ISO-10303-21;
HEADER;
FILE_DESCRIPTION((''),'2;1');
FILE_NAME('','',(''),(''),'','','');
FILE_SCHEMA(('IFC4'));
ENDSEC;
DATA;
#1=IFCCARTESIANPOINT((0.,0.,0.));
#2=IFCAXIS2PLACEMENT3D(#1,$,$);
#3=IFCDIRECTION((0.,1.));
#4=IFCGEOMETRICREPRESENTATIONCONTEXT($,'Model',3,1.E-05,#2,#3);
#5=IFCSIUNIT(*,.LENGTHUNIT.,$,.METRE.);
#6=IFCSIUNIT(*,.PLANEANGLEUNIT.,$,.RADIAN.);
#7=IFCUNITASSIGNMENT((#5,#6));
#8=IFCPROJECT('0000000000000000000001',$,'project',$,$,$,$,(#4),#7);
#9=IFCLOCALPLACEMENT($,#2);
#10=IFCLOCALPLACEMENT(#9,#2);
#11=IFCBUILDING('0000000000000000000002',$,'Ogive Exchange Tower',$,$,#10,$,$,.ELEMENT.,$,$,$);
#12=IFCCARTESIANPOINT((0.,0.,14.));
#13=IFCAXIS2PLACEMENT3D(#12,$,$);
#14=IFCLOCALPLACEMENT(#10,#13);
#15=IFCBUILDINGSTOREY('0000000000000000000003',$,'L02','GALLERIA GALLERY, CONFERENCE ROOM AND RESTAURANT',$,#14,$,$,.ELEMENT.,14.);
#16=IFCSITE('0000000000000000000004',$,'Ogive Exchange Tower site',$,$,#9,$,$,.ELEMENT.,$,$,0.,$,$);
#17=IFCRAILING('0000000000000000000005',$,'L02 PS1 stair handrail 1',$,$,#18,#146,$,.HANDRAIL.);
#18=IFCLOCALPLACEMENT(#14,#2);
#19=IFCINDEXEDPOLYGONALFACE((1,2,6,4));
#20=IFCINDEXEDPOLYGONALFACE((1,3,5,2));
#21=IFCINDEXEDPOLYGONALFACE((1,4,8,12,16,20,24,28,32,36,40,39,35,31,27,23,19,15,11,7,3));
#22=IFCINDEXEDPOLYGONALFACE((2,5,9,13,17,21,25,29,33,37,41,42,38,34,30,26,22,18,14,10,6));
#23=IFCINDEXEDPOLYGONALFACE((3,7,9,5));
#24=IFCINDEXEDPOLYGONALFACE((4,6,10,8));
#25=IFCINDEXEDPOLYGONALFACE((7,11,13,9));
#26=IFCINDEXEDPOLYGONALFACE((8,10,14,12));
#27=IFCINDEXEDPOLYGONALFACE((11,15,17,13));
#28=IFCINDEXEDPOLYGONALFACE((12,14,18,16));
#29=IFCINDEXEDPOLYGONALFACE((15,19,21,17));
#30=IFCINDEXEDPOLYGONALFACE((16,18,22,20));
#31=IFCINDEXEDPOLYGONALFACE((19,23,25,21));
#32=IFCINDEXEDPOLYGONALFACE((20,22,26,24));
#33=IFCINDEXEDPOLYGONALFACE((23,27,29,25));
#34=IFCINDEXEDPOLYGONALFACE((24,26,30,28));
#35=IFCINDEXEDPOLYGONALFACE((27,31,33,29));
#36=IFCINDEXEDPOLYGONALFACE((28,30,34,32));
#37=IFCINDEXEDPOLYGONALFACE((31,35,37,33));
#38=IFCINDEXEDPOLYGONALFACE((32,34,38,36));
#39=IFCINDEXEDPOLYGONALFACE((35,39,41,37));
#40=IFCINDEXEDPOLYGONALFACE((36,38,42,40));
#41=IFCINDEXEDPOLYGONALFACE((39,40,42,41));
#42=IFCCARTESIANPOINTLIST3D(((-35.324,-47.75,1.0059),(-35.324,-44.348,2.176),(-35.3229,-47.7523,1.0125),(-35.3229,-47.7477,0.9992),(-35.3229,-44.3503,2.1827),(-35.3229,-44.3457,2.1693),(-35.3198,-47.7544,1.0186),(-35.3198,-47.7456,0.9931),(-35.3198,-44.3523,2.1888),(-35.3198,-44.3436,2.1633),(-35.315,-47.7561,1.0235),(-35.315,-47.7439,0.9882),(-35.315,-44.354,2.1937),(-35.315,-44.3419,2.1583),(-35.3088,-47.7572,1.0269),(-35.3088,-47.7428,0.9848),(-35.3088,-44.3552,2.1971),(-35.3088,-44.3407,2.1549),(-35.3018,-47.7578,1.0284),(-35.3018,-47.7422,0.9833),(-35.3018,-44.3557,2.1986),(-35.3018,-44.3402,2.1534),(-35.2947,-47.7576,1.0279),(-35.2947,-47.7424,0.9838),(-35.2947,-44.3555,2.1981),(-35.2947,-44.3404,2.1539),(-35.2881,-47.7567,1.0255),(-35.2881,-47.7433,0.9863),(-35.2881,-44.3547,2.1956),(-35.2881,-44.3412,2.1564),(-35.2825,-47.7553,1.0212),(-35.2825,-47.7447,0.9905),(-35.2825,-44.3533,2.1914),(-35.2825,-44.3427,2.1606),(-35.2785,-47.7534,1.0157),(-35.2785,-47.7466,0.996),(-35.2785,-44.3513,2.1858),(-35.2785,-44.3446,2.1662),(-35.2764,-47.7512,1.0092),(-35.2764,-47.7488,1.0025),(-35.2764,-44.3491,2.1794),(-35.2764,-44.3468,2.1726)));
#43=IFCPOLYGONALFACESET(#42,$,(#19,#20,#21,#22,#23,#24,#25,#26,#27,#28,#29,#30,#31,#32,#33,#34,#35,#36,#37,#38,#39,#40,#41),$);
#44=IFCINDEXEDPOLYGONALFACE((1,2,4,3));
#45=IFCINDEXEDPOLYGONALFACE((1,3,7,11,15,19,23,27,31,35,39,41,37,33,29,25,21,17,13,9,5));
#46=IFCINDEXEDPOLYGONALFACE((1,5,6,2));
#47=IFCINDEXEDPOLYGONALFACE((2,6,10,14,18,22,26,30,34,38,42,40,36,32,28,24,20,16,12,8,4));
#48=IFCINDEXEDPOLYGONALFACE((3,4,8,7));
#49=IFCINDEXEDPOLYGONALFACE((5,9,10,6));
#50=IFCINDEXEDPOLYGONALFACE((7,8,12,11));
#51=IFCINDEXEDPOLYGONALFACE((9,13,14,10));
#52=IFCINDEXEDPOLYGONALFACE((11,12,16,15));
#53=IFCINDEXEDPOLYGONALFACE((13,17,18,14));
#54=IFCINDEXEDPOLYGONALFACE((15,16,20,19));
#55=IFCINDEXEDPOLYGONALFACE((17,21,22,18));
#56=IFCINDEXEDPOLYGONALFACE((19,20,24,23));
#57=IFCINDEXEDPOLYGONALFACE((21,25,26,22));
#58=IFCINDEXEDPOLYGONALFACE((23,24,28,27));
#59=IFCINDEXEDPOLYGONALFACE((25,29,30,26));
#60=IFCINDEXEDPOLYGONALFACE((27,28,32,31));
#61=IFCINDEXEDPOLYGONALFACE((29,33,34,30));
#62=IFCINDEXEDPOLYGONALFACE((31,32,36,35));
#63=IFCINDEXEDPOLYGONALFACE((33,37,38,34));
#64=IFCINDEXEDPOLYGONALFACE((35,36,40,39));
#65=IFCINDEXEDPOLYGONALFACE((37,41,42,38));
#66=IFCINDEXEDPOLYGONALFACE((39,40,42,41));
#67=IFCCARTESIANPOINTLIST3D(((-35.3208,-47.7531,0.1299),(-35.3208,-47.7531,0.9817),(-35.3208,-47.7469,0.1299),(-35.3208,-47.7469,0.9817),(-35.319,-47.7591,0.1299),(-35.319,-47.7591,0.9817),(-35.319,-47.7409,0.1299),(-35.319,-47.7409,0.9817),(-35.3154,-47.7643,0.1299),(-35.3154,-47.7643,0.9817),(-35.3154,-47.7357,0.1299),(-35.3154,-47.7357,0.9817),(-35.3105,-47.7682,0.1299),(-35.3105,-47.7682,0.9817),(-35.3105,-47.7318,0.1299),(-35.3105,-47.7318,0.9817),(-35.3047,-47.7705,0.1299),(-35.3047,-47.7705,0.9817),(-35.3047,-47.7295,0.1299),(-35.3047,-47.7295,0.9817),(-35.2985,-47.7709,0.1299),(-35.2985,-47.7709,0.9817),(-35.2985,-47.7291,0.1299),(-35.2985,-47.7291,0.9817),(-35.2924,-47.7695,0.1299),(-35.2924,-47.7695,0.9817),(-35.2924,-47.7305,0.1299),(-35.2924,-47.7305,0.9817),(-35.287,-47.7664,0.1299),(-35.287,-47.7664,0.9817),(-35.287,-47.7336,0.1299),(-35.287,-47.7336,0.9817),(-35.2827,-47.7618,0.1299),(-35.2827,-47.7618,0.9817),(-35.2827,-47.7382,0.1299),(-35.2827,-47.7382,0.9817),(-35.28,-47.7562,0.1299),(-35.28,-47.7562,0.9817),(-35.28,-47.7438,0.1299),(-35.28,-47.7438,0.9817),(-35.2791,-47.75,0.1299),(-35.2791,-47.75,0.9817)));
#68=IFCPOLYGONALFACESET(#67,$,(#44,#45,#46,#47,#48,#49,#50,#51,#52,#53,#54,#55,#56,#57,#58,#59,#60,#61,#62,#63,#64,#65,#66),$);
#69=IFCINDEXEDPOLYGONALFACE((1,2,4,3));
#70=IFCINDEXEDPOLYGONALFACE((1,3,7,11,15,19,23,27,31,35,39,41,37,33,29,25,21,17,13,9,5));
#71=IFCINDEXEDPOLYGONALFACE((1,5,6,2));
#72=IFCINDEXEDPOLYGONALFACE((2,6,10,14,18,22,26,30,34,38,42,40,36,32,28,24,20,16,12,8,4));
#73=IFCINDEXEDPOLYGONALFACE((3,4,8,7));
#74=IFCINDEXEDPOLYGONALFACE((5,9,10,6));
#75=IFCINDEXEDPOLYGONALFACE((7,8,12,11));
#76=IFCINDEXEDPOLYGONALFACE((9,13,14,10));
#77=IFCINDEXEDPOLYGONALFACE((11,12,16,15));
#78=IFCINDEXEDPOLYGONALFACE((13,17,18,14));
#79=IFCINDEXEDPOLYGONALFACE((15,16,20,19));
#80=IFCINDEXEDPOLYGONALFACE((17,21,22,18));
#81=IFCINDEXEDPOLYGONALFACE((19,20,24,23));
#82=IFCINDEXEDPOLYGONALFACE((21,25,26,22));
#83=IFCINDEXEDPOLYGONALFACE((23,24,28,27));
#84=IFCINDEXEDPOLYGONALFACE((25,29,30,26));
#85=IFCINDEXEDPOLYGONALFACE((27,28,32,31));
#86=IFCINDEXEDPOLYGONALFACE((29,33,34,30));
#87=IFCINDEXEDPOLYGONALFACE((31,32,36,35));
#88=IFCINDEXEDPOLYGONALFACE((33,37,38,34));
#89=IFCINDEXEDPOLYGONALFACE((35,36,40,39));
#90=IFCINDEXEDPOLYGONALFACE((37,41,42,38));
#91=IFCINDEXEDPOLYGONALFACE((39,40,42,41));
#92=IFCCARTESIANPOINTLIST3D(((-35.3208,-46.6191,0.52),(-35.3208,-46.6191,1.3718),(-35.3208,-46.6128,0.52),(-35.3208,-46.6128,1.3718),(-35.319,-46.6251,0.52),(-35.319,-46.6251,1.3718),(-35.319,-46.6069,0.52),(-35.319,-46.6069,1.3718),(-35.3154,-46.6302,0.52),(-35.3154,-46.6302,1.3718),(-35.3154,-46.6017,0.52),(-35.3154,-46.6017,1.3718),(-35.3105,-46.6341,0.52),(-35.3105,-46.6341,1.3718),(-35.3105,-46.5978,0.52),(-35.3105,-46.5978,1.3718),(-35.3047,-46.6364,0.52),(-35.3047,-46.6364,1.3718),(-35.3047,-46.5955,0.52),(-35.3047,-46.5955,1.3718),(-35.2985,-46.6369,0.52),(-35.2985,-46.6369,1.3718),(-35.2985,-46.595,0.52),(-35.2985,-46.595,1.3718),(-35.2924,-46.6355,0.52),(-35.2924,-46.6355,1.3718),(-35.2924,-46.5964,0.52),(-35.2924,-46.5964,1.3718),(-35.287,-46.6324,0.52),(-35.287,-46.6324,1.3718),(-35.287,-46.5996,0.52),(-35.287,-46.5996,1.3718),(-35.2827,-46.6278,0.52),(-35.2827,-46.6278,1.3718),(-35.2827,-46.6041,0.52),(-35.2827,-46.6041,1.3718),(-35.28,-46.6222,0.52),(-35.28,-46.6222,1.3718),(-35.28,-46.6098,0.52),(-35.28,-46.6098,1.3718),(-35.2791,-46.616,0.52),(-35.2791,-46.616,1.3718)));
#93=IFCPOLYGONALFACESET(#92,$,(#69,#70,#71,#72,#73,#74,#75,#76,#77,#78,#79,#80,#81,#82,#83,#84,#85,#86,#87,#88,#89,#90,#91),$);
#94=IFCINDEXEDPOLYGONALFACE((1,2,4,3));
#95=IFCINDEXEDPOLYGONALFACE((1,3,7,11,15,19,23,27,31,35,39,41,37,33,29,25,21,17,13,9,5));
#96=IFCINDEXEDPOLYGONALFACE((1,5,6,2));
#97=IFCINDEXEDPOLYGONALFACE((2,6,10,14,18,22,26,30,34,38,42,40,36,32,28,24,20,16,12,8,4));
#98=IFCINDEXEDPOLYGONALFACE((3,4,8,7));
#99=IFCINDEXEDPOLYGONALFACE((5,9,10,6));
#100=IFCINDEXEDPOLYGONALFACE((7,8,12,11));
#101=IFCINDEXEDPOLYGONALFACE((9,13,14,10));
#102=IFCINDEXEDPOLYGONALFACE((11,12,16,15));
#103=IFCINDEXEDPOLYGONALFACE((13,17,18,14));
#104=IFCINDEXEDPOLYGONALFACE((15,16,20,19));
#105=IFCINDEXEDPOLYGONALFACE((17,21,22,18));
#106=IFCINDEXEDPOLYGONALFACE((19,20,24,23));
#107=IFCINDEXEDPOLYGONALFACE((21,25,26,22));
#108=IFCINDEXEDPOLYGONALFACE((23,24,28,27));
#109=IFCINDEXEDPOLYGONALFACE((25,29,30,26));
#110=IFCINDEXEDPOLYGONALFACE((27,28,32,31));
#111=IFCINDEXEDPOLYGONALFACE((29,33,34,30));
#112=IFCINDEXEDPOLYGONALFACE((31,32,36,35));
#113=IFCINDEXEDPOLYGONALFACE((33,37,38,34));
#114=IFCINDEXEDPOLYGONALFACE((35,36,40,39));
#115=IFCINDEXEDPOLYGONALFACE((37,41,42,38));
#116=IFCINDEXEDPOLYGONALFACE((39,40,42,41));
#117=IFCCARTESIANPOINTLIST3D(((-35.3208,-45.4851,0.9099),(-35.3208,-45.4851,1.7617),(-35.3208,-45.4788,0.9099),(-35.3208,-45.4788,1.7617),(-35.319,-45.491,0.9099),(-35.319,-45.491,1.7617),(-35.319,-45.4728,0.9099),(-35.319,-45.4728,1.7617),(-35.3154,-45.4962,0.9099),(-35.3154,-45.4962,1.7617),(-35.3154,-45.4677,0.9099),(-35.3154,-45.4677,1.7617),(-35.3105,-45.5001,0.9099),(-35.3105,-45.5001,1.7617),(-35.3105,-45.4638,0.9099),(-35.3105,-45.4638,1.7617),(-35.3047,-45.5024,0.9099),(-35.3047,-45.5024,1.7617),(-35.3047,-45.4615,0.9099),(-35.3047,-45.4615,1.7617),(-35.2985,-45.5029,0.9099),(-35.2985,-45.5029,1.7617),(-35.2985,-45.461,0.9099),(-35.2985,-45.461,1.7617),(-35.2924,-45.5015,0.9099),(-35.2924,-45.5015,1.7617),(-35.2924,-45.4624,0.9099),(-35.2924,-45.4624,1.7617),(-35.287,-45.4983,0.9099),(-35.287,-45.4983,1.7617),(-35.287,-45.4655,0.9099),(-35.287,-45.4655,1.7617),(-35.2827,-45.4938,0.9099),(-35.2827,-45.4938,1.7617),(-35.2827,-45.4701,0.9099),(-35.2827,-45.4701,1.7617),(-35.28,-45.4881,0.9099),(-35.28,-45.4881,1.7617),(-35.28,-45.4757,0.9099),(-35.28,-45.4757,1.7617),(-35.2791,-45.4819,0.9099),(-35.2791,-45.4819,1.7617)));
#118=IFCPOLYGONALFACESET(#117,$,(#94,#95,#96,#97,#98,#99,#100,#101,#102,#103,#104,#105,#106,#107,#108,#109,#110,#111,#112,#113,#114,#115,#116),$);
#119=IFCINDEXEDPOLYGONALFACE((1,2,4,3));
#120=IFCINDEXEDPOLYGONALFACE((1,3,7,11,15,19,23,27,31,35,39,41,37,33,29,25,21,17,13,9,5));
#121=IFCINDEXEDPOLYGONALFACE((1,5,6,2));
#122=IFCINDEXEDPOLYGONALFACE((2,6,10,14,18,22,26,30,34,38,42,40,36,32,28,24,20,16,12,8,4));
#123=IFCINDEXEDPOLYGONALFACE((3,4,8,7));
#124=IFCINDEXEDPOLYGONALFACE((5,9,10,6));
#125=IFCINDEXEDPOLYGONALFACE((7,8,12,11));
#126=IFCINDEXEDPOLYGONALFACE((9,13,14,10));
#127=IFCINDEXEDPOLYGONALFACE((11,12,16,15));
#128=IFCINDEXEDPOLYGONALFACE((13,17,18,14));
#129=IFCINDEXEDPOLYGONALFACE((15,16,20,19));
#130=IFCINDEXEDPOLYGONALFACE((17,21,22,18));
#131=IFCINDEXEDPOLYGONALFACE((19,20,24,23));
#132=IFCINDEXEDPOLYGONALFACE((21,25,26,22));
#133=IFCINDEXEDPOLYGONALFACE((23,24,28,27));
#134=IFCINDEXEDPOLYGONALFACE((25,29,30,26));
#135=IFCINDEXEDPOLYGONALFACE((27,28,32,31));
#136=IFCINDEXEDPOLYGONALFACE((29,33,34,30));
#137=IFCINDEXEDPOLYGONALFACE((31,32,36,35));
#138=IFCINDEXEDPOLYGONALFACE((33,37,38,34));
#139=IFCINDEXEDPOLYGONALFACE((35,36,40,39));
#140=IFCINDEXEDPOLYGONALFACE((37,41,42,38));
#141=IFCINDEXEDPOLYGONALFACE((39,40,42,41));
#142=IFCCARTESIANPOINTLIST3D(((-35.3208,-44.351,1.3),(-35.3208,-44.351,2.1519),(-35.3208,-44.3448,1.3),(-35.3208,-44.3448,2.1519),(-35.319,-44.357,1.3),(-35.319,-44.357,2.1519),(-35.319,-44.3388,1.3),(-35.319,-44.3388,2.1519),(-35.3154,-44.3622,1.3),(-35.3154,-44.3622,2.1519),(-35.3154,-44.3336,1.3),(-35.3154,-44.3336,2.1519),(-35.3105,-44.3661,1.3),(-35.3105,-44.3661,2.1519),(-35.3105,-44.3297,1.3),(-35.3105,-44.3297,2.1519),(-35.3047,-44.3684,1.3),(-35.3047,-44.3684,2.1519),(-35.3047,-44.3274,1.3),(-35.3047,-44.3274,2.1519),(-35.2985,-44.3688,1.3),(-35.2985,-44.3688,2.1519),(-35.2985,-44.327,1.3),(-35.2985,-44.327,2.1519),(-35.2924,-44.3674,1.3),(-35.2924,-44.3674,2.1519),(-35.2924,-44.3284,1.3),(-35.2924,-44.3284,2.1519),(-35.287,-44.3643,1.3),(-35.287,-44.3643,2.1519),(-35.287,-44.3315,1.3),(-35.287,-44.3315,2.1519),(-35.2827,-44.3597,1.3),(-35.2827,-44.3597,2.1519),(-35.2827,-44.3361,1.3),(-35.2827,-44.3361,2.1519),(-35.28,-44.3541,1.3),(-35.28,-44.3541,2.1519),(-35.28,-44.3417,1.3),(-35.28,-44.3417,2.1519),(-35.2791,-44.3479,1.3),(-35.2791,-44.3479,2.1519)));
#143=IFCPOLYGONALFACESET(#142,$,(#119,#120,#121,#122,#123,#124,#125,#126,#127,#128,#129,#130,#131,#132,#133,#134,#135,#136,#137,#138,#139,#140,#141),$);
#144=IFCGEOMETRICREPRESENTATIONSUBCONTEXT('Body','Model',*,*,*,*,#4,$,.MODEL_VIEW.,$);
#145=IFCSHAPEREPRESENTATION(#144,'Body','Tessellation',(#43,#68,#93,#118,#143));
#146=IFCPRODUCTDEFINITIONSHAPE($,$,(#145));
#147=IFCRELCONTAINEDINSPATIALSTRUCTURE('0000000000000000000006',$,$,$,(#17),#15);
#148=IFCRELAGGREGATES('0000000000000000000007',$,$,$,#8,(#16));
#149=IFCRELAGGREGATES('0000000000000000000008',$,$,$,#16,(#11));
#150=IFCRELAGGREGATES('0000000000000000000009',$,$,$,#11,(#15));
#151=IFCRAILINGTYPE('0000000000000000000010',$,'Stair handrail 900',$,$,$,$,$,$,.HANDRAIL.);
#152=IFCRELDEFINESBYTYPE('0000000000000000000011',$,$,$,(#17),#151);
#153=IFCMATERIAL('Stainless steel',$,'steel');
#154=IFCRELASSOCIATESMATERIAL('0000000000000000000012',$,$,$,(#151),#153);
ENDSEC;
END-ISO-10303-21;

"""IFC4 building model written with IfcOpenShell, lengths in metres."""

from ifc_helpers import new_model, si_unit, direction, frame, origin, origin_2d, place, context, subcontext, project, spatial, circle, extrude, material, type_object, element, save


model = new_model("IFC4")

# Units and contexts
model_context = context("Model", 3, precision=1e-05, world=origin(), true_north=direction((0.0, 1.0)))
body_context = subcontext(model_context, "Body", "Model", "MODEL_VIEW")
ifc_project = project(units=[si_unit("LENGTHUNIT", "METRE"), si_unit("PLANEANGLEUNIT", "RADIAN")], contexts=[model_context])

# Site, building, storey
site_placement = place(None, origin())
site = spatial("IfcSite", under=ifc_project, at=site_placement, Name="Ogive Exchange Tower site", CompositionType="ELEMENT", RefElevation=0.0)
building_placement = place(site_placement, origin())
building = spatial("IfcBuilding", under=site, at=building_placement, Name="Ogive Exchange Tower", CompositionType="ELEMENT")
storey_placement = place(building_placement, frame((0.0, 0.0, 14.0)))
storey = spatial("IfcBuildingStorey", under=building, at=storey_placement, Name="L02", Description="GALLERIA GALLERY, CONFERENCE ROOM AND RESTAURANT", CompositionType="ELEMENT", Elevation=14.0)

# Railing
ifc_material_1 = material(Name="Stainless steel", Category="steel")
railing_type = type_object("IfcRailingType", Name="Stair handrail 900", PredefinedType="HANDRAIL", material=ifc_material_1)
railing_1_placement = place(storey_placement, frame((-35.3, -47.75, 0.1299)))
element("IfcRailing", 1, at=railing_1_placement, inside=storey, type_object=railing_type, Name="L02 PS1 stair handrail 1", PredefinedType="HANDRAIL", context=body_context, shape_type="SweptSolid", body=[
    extrude(circle(Radius=0.0239, at=origin_2d()), frame((0.0, 0.0, 0.876), z_axis=(0.0, 0.945627, 0.325252), x_axis=(-1.0, 0.0, 0.0)), (0.0, 0.0, 1.0), 3.5977),
    extrude(circle(Radius=0.021, at=origin_2d()), origin(), (0.0, 0.0, 1.0), 0.8518),
    extrude(circle(Radius=0.021, at=origin_2d()), frame((0.0, 1.134, 0.3901)), (0.0, 0.0, 1.0), 0.8518),
    extrude(circle(Radius=0.021, at=origin_2d()), frame((0.0, 2.2681, 0.78)), (0.0, 0.0, 1.0), 0.8518),
    extrude(circle(Radius=0.021, at=origin_2d()), frame((0.0, 3.4021, 1.1702)), (0.0, 0.0, 1.0), 0.8518),
])

save(model, "model.ifc")
